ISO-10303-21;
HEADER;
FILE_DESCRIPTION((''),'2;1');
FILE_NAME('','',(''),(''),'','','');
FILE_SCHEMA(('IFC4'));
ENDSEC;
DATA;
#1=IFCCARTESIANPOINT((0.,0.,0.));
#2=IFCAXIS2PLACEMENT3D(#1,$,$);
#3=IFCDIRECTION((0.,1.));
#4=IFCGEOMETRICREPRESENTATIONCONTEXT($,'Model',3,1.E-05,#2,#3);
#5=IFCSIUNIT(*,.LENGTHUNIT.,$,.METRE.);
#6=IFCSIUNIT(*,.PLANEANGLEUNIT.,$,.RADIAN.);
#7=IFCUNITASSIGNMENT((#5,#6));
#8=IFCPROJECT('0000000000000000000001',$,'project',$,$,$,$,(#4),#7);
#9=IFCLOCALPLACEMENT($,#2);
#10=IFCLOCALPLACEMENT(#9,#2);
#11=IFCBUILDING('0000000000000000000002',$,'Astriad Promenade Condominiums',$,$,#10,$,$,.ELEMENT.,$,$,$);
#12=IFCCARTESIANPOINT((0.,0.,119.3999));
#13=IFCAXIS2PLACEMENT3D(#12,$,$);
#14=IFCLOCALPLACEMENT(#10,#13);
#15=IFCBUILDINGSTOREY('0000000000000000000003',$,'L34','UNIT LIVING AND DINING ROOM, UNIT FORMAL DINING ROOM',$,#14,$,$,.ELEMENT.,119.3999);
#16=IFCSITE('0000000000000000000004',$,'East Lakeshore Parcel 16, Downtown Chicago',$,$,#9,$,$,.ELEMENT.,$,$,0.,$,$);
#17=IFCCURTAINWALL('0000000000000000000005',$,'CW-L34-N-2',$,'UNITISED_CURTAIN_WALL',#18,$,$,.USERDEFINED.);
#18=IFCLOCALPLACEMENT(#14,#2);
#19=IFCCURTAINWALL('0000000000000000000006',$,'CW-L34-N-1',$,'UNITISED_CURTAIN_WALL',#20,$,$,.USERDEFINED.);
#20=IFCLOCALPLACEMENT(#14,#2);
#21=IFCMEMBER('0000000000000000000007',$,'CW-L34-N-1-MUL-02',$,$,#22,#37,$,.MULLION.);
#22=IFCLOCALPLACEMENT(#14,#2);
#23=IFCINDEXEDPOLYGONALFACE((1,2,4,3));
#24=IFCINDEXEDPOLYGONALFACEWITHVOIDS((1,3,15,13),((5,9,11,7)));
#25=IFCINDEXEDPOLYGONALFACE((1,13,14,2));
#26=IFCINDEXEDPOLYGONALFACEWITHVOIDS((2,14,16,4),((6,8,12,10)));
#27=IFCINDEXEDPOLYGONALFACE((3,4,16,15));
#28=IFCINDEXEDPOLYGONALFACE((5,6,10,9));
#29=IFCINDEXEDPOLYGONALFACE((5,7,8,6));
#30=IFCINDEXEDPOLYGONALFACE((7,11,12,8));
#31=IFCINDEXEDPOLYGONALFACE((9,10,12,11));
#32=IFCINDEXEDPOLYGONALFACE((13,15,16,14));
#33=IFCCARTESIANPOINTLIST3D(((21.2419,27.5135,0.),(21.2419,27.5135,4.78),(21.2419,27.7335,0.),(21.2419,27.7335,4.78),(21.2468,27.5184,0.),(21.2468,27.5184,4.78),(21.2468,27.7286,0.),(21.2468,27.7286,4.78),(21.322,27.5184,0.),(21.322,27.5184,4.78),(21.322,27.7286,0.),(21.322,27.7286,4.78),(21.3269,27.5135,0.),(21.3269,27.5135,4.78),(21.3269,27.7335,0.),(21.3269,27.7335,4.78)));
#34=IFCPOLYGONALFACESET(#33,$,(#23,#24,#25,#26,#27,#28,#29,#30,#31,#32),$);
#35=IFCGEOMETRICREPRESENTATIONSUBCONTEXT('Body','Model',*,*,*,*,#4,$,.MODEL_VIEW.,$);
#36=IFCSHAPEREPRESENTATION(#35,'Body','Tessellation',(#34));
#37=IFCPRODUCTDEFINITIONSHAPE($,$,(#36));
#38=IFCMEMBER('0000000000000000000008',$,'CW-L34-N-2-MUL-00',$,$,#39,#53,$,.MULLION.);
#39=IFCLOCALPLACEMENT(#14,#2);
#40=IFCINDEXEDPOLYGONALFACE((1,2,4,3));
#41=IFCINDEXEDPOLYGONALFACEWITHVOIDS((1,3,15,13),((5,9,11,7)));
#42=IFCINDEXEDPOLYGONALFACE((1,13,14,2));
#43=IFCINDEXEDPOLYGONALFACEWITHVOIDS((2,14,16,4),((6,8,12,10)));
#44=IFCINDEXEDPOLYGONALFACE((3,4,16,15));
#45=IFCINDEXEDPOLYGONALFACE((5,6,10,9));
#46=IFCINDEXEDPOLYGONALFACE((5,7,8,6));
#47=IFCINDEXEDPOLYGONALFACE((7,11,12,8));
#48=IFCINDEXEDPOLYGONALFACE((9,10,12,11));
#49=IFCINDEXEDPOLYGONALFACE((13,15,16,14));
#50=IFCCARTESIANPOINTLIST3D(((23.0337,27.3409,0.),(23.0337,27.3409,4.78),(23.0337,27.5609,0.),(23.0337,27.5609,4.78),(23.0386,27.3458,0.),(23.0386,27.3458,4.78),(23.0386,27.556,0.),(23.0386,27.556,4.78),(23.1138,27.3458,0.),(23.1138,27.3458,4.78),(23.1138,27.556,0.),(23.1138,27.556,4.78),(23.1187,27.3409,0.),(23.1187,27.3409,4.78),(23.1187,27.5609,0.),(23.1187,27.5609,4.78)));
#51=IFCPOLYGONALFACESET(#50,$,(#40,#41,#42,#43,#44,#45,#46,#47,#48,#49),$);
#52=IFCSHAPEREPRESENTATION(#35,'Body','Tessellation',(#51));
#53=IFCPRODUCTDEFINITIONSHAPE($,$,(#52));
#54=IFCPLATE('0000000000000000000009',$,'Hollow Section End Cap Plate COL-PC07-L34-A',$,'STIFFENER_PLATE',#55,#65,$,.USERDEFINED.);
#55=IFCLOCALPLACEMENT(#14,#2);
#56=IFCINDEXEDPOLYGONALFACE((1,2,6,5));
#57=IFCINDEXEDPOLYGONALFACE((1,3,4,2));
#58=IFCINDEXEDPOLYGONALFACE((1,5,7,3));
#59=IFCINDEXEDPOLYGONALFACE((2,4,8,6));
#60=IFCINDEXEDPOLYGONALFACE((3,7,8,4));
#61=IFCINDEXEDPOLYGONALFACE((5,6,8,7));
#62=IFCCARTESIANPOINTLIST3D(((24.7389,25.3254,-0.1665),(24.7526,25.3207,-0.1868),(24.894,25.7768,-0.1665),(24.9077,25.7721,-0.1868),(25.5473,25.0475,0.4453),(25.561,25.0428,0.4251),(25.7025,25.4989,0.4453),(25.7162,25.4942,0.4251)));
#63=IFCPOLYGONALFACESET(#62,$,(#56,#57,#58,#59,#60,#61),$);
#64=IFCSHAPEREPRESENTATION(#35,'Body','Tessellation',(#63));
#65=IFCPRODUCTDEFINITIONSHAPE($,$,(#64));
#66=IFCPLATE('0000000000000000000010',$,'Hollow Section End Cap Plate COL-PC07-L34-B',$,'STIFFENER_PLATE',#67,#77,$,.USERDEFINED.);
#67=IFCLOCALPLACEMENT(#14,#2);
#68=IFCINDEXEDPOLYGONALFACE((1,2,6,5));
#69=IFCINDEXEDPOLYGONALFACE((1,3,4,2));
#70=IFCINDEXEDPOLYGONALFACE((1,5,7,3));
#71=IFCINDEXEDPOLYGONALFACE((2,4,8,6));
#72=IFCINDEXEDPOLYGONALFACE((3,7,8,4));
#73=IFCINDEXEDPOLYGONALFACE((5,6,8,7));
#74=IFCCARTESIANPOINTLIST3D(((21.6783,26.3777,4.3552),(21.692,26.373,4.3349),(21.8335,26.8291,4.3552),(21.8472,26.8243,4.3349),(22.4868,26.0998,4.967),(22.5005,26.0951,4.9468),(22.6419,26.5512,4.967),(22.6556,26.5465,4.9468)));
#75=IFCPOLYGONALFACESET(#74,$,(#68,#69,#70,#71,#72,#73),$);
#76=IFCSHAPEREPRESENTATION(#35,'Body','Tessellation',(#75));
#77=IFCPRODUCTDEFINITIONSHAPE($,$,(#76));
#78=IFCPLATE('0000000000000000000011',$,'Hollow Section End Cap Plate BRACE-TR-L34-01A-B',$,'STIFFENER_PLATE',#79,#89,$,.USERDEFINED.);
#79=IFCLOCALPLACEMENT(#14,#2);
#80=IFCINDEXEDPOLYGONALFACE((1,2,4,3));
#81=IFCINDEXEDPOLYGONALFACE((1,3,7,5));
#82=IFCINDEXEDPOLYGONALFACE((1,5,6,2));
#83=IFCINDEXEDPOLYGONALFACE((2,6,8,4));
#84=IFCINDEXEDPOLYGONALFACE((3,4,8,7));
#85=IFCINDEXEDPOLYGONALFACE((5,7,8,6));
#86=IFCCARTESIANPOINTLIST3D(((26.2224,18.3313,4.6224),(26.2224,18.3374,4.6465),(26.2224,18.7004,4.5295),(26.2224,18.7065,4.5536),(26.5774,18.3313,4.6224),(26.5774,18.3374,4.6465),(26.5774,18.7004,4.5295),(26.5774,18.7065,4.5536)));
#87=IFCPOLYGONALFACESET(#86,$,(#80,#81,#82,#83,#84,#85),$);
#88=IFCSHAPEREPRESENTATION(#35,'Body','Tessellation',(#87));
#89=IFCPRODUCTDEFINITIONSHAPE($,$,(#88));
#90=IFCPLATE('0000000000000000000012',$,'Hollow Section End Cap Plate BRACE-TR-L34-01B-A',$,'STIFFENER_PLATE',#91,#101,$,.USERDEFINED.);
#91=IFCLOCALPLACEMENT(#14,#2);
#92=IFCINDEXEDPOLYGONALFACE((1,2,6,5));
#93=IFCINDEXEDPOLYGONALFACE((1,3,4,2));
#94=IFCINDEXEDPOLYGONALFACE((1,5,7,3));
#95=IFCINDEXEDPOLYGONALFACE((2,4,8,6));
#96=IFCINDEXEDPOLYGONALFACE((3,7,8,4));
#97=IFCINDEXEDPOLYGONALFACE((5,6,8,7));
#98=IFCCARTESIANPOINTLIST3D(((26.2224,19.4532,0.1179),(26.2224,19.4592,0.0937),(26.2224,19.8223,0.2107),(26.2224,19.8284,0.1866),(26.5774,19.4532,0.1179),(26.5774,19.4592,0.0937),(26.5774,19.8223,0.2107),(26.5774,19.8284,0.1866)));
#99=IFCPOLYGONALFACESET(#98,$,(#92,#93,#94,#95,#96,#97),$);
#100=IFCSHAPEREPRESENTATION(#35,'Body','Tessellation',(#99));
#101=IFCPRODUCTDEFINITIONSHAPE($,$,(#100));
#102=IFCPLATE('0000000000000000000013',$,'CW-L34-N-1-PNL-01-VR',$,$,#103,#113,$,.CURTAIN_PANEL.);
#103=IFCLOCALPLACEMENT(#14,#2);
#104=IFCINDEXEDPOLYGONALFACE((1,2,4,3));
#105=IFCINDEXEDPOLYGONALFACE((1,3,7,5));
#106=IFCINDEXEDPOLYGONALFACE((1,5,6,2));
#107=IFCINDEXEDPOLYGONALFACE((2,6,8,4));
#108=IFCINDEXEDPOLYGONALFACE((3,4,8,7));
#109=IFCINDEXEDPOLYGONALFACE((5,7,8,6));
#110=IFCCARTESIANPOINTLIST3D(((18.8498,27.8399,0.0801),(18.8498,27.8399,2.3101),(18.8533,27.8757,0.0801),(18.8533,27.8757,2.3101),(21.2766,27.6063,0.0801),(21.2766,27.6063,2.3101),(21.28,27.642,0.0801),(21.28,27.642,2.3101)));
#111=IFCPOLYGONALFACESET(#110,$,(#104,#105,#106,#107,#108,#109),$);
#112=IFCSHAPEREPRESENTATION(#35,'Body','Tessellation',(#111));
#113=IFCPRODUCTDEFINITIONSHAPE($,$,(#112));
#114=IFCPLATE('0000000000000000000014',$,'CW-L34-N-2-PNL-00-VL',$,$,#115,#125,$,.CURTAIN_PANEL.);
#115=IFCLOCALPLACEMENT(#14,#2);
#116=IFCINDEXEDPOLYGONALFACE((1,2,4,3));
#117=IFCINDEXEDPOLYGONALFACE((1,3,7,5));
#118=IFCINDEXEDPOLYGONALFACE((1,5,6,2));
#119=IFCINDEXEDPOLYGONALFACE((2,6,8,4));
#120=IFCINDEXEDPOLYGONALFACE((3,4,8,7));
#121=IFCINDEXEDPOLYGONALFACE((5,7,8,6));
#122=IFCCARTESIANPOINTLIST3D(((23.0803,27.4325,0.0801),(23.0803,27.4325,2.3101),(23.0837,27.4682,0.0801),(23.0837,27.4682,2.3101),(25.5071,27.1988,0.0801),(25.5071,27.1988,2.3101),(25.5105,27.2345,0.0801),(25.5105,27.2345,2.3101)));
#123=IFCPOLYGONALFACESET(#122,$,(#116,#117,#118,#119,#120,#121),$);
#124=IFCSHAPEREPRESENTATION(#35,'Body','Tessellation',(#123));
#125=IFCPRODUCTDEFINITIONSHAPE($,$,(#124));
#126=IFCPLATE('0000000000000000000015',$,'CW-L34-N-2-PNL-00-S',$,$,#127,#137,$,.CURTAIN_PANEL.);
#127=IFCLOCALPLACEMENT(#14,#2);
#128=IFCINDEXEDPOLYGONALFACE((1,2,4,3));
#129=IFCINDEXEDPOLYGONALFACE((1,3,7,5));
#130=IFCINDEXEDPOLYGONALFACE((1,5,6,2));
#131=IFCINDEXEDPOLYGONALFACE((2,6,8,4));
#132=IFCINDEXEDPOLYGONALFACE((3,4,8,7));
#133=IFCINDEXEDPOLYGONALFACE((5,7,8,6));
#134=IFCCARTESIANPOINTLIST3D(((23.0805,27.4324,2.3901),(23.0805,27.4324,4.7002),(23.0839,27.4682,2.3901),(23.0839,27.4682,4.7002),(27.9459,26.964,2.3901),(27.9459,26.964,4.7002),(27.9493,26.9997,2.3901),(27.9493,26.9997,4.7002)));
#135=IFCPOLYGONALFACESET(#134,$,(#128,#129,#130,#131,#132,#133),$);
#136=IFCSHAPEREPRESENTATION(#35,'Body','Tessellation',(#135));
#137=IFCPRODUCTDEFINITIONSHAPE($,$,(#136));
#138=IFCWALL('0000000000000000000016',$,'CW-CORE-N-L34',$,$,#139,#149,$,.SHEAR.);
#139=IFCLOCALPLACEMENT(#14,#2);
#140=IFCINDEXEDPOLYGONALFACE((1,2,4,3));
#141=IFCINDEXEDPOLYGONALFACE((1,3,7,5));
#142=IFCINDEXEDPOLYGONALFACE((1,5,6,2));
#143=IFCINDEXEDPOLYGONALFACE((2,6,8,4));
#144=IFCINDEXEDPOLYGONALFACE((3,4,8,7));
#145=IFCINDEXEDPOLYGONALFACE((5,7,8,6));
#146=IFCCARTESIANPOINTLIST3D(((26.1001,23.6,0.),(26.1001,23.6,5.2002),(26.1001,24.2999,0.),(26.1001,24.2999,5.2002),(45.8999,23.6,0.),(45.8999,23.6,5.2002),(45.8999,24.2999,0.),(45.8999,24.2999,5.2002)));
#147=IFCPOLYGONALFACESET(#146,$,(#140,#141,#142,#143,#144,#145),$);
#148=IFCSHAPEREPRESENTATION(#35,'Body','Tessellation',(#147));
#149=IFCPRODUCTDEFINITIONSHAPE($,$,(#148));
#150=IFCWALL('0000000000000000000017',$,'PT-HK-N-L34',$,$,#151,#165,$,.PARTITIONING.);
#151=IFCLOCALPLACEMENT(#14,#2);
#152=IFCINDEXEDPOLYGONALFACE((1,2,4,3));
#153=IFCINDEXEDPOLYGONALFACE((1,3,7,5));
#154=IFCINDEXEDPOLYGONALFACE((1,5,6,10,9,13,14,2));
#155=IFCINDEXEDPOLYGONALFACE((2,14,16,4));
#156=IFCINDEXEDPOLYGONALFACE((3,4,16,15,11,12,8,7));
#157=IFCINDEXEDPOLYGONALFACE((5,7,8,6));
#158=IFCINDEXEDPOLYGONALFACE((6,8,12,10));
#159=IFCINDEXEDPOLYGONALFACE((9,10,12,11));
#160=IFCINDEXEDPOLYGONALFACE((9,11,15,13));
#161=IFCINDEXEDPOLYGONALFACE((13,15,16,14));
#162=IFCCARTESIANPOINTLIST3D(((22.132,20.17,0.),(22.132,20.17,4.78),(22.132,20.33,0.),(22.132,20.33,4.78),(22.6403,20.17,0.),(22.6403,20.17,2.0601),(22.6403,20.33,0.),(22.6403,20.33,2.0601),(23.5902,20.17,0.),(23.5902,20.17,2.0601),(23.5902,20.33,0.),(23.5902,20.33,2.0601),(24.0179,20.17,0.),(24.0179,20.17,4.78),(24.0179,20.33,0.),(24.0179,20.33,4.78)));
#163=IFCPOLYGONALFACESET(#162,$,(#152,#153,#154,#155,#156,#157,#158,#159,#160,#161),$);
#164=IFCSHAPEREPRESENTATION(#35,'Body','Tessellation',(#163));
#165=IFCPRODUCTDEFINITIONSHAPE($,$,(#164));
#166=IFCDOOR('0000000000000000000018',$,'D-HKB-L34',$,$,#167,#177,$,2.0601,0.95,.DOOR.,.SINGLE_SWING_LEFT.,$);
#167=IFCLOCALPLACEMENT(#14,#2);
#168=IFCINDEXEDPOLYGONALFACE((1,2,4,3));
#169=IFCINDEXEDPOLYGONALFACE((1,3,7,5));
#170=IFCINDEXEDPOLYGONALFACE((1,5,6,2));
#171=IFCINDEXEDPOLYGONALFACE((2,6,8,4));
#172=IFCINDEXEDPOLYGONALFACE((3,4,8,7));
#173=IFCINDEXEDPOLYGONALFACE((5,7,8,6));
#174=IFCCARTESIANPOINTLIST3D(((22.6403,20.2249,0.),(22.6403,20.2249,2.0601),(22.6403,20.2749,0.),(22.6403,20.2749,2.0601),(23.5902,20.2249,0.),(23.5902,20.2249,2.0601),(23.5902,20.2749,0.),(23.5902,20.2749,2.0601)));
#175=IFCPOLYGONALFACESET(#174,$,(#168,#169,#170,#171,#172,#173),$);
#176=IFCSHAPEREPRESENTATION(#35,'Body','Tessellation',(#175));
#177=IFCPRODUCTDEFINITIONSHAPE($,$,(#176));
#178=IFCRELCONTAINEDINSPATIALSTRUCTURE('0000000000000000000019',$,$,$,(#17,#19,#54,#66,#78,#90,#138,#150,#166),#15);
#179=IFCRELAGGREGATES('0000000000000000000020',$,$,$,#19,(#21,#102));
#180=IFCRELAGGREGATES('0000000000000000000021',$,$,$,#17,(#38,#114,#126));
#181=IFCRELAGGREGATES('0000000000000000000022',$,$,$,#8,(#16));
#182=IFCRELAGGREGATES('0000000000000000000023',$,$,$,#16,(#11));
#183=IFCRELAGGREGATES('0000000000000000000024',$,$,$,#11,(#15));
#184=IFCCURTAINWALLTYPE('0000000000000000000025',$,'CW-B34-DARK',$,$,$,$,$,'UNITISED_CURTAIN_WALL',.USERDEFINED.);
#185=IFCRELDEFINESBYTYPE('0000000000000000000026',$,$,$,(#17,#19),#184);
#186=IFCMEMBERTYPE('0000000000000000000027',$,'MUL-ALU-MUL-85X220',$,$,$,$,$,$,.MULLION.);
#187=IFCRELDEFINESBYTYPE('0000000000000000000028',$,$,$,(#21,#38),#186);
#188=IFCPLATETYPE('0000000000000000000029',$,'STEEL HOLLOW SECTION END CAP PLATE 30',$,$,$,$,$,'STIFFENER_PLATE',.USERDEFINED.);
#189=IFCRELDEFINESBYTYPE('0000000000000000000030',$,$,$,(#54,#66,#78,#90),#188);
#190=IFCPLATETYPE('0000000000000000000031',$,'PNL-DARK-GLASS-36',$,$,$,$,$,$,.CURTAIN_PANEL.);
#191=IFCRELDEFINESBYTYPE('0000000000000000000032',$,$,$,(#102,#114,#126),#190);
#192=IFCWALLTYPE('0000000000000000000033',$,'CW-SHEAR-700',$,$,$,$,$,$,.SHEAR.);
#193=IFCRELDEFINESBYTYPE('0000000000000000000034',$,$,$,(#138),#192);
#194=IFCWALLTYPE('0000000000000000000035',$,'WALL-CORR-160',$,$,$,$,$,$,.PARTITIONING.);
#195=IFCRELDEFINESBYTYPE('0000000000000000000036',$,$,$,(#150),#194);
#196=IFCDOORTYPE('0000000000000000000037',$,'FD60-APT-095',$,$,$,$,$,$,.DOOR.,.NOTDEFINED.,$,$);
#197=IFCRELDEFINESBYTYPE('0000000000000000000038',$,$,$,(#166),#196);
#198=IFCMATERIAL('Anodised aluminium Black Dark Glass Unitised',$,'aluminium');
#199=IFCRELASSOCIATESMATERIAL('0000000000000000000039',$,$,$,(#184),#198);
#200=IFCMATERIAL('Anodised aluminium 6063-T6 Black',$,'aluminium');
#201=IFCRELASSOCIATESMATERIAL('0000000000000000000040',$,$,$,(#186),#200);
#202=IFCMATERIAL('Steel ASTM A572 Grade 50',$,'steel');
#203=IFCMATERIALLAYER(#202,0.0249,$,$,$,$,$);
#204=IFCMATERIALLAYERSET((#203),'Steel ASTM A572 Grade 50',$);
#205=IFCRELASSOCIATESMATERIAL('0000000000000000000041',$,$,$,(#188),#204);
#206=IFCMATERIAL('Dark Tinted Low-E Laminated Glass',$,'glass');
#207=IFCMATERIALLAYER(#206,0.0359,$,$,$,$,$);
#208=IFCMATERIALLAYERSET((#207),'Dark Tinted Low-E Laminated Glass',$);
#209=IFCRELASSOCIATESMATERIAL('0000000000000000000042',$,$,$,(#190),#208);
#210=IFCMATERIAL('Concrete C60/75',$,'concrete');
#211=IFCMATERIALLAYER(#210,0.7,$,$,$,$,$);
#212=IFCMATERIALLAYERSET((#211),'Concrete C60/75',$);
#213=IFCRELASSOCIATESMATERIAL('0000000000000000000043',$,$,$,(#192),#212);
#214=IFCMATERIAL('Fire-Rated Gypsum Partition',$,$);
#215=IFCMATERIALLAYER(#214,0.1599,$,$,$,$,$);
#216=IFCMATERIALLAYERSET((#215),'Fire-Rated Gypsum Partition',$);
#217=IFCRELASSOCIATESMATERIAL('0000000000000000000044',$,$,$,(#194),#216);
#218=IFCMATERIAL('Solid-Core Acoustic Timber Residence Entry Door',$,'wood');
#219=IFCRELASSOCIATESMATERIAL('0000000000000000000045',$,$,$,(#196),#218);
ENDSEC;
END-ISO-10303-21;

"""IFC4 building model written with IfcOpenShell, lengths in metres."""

from ifc_helpers import new_model, si_unit, direction, frame, frame_2d, origin, origin_2d, place, context, subcontext, project, spatial, rectangle, hollow_rectangle, extrude, source, transform, mapped, material, layer, layer_set, material_profile, profile_set, type_object, type_shapes, element, fill, aggregate, save


model = new_model("IFC4")

# Units and contexts
model_context = context("Model", 3, precision=1e-05, world=origin(), true_north=direction((0.0, 1.0)))
body_context = subcontext(model_context, "Body", "Model", "MODEL_VIEW")
ifc_project = project(units=[si_unit("LENGTHUNIT", "METRE"), si_unit("PLANEANGLEUNIT", "RADIAN")], contexts=[model_context])

# Site, building, storey
site_placement = place(None, origin())
site = spatial("IfcSite", under=ifc_project, at=site_placement, Name="East Lakeshore Parcel 16, Downtown Chicago", CompositionType="ELEMENT", RefElevation=0.0)
building_placement = place(site_placement, origin())
building = spatial("IfcBuilding", under=site, at=building_placement, Name="Astriad Promenade Condominiums", CompositionType="ELEMENT")
storey_placement = place(building_placement, frame((0.0, 0.0, 119.3999)))
storey = spatial("IfcBuildingStorey", under=building, at=storey_placement, Name="L34", Description="UNIT LIVING AND DINING ROOM, UNIT FORMAL DINING ROOM", CompositionType="ELEMENT", Elevation=119.3999)

# Curtain walls, member
ifc_material_1 = material(Name="Anodised aluminium Black Dark Glass Unitised", Category="aluminium")
curtain_wall_type = type_object("IfcCurtainWallType", Name="CW-B34-DARK", ElementType="UNITISED_CURTAIN_WALL", PredefinedType="USERDEFINED", material=ifc_material_1)
curtain_wall_1_placement = place(storey_placement, origin())
curtain_wall_1 = element("IfcCurtainWall", 1, at=curtain_wall_1_placement, inside=storey, type_object=curtain_wall_type, Name="CW-L34-N-2", ObjectType="UNITISED_CURTAIN_WALL", PredefinedType="USERDEFINED")
ifc_material_2 = material(Name="Anodised aluminium 6063-T6 Black", Category="aluminium")
curtain_wall_2_placement = place(storey_placement, origin())
curtain_wall_2 = element("IfcCurtainWall", 2, at=curtain_wall_2_placement, inside=storey, type_object=curtain_wall_type, Name="CW-L34-N-1", ObjectType="UNITISED_CURTAIN_WALL", PredefinedType="USERDEFINED")
ifc_material_profile_1 = material_profile(ifc_material_2, hollow_rectangle(XDim=0.085, YDim=0.22, WallThickness=0.0049, at=origin_2d()), Name="ALU-MUL-85X220")
ifc_profile_set_1 = profile_set([ifc_material_profile_1], Name="Anodised aluminium 6063-T6 Black")
member_type_1 = type_object("IfcMemberType", Name="MUL-ALU-MUL-85X220", PredefinedType="MULLION", material=ifc_profile_set_1)
shared_shape_1 = source(origin(), body_context, "Body", "SweptSolid", [
    extrude(hollow_rectangle(XDim=0.085, YDim=0.22, WallThickness=0.0049, at=origin_2d()), origin(), (0.0, 0.0, 1.0), 4.78),
])
type_shapes(member_type_1, [shared_shape_1])
member_1_placement = place(storey_placement, frame((21.2844, 27.6235, 0.0), z_axis=(0.0, 0.0, 1.0), x_axis=(1.0, 0.0, 0.0)))
member_1 = element("IfcMember", 3, at=member_1_placement, type_object=member_type_1, Name="CW-L34-N-1-MUL-02", PredefinedType="MULLION", context=body_context, shape_type="MappedRepresentation", body=[
    mapped(shared_shape_1, transform((0.0, 0.0, 0.0), scale=1.0)),
])

# Member
member_2_placement = place(storey_placement, frame((23.0762, 27.4509, 0.0), z_axis=(0.0, 0.0, 1.0), x_axis=(1.0, 0.0, 0.0)))
member_2 = element("IfcMember", 4, at=member_2_placement, type_object=member_type_1, Name="CW-L34-N-2-MUL-00", PredefinedType="MULLION", context=body_context, shape_type="MappedRepresentation", body=[
    mapped(shared_shape_1, transform((0.0, 0.0, 0.0), scale=1.0)),
])

# Plates
ifc_material_3 = material(Name="Steel ASTM A572 Grade 50", Category="steel")
ifc_layer_1 = layer(ifc_material_3, 0.0249)
ifc_layer_set_1 = layer_set([ifc_layer_1], Name="Steel ASTM A572 Grade 50")
plate_type_1 = type_object("IfcPlateType", Name="STEEL HOLLOW SECTION END CAP PLATE 30", ElementType="STIFFENER_PLATE", PredefinedType="USERDEFINED", material=ifc_layer_set_1)
shared_shape_2 = source(origin(), body_context, "Body", "SweptSolid", [
    extrude(rectangle(XDim=0.4773, YDim=1.0513, at=origin_2d()), origin(), (0.0, 0.0, 1.0), 0.0249),
])
for number, where, z_axis, x_axis, name in (
    (5, (25.2344, 25.4075, 0.1191), (-0.550405, 0.189195, 0.813179), (-0.325069, -0.94569, 0.0), "Hollow Section End Cap Plate COL-PC07-L34-A"),
    (6, (22.1738, 26.4597, 4.6409), (-0.550405, 0.189195, 0.813179), (-0.325069, -0.94569, 0.0), "Hollow Section End Cap Plate COL-PC07-L34-B"),
):
    element("IfcPlate", number, at=place(storey_placement, frame(where, z_axis=z_axis, x_axis=x_axis)), inside=storey, type_object=plate_type_1, Name=name, ObjectType="STIFFENER_PLATE", PredefinedType="USERDEFINED", context=body_context, shape_type="MappedRepresentation", body=[
        mapped(shared_shape_2, transform((0.0, 0.0, 0.0), scale=1.0)),
    ])
shared_shape_3 = source(origin(), body_context, "Body", "SweptSolid", [
    extrude(rectangle(XDim=0.355, YDim=0.3806, at=origin_2d()), origin(), (0.0, 0.0, 1.0), 0.0249),
])
type_shapes(plate_type_1, [shared_shape_2, shared_shape_3])
for number, where, z_axis, x_axis, name in (
    (7, (26.3999, 18.5159, 4.5759), (0.0, 0.243963, 0.969785), (1.0, 0.0, 0.0), "Hollow Section End Cap Plate BRACE-TR-L34-01A-B"),
    (8, (26.3999, 19.6438, 0.1401), (0.0, -0.243963, 0.969785), (1.0, 0.0, 0.0), "Hollow Section End Cap Plate BRACE-TR-L34-01B-A"),
):
    element("IfcPlate", number, at=place(storey_placement, frame(where, z_axis=z_axis, x_axis=x_axis)), inside=storey, type_object=plate_type_1, Name=name, ObjectType="STIFFENER_PLATE", PredefinedType="USERDEFINED", context=body_context, shape_type="MappedRepresentation", body=[
        mapped(shared_shape_3, transform((0.0, 0.0, 0.0), scale=1.0)),
    ])

# Plates
ifc_material_4 = material(Name="Dark Tinted Low-E Laminated Glass", Category="glass")
ifc_layer_2 = layer(ifc_material_4, 0.0359)
ifc_layer_set_2 = layer_set([ifc_layer_2], Name="Dark Tinted Low-E Laminated Glass")
plate_type_2 = type_object("IfcPlateType", Name="PNL-DARK-GLASS-36", PredefinedType="CURTAIN_PANEL", material=ifc_layer_set_2)
shared_shape_4 = source(origin(), body_context, "Body", "SweptSolid", [
    extrude(rectangle(XDim=2.438, YDim=0.0359, at=origin_2d()), origin(), (0.0, 0.0, 1.0), 2.23),
])
plate_1_placement = place(storey_placement, frame((20.0649, 27.741, 0.0801), z_axis=(0.0, 0.0, 1.0), x_axis=(0.995396, -0.095846, 0.0)))
plate_1 = element("IfcPlate", 9, at=plate_1_placement, type_object=plate_type_2, Name="CW-L34-N-1-PNL-01-VR", PredefinedType="CURTAIN_PANEL", context=body_context, shape_type="MappedRepresentation", body=[
    mapped(shared_shape_4, transform((0.0, 0.0, 0.0), scale=1.0)),
])
aggregate(curtain_wall_2, [member_1, plate_1])
plate_2_placement = place(storey_placement, frame((24.2954, 27.3335, 0.0801), z_axis=(0.0, 0.0, 1.0), x_axis=(0.995396, -0.095846, 0.0)))
plate_2 = element("IfcPlate", 10, at=plate_2_placement, type_object=plate_type_2, Name="CW-L34-N-2-PNL-00-VL", PredefinedType="CURTAIN_PANEL", context=body_context, shape_type="MappedRepresentation", body=[
    mapped(shared_shape_4, transform((0.0, 0.0, 0.0), scale=1.0)),
])
shared_shape_5 = source(origin(), body_context, "Body", "SweptSolid", [
    extrude(rectangle(XDim=4.8879, YDim=0.0359, at=origin_2d()), origin(), (0.0, 0.0, 1.0), 2.3101),
])
type_shapes(plate_type_2, [shared_shape_4, shared_shape_5])
plate_3_placement = place(storey_placement, frame((25.5149, 27.2161, 2.3901), z_axis=(0.0, 0.0, 1.0), x_axis=(0.995396, -0.095846, 0.0)))
plate_3 = element("IfcPlate", 11, at=plate_3_placement, type_object=plate_type_2, Name="CW-L34-N-2-PNL-00-S", PredefinedType="CURTAIN_PANEL", context=body_context, shape_type="MappedRepresentation", body=[
    mapped(shared_shape_5, transform((0.0, 0.0, 0.0), scale=1.0)),
])
aggregate(curtain_wall_1, [member_2, plate_2, plate_3])

# Wall
ifc_material_5 = material(Name="Concrete C60/75", Category="concrete")
ifc_layer_3 = layer(ifc_material_5, 0.7)
ifc_layer_set_3 = layer_set([ifc_layer_3], Name="Concrete C60/75")
wall_type_1 = type_object("IfcWallType", Name="CW-SHEAR-700", PredefinedType="SHEAR", material=ifc_layer_set_3)
wall_1_placement = place(storey_placement, frame((26.1001, 23.95, 0.0), z_axis=(0.0, 0.0, 1.0), x_axis=(1.0, 0.0, 0.0)))
element("IfcWall", 12, at=wall_1_placement, inside=storey, type_object=wall_type_1, Name="CW-CORE-N-L34", PredefinedType="SHEAR", context=body_context, shape_type="SweptSolid", body=[
    extrude(rectangle(XDim=19.7998, YDim=0.7, at=frame_2d((9.8999, 0.0))), origin(), (0.0, 0.0, 1.0), 5.2002),
])

# Wall, opening, door
ifc_material_6 = material(Name="Fire-Rated Gypsum Partition")
ifc_layer_4 = layer(ifc_material_6, 0.1599)
ifc_layer_set_4 = layer_set([ifc_layer_4], Name="Fire-Rated Gypsum Partition")
wall_type_2 = type_object("IfcWallType", Name="WALL-CORR-160", PredefinedType="PARTITIONING", material=ifc_layer_set_4)
wall_2_placement = place(storey_placement, frame((22.1321, 20.25, 0.0), z_axis=(0.0, 0.0, 1.0), x_axis=(1.0, 0.0, 0.0)))
wall_2 = element("IfcWall", 13, at=wall_2_placement, inside=storey, type_object=wall_type_2, Name="PT-HK-N-L34", PredefinedType="PARTITIONING", context=body_context, shape_type="SweptSolid", body=[
    extrude(rectangle(XDim=1.886, YDim=0.1599, at=frame_2d((0.9429, 0.0))), origin(), (0.0, 0.0, 1.0), 4.78),
])
opening_placement = place(wall_2_placement, frame((0.5081, 0.0, 0.0)))
opening = element("IfcOpeningElement", 14, at=opening_placement, cuts=wall_2, PredefinedType="OPENING", context=body_context, shape_type="SweptSolid", body=[
    extrude(rectangle(XDim=0.95, YDim=2.0601, at=frame_2d((0.4751, 1.03))), frame((0.0, 0.0898, 0.0), z_axis=(0.0, -1.0, 0.0), x_axis=(1.0, 0.0, 0.0)), (0.0, 0.0, 1.0), 0.1799),
])
ifc_material_7 = material(Name="Solid-Core Acoustic Timber Residence Entry Door", Category="wood")
door_type = type_object("IfcDoorType", Name="FD60-APT-095", OperationType="NOTDEFINED", PredefinedType="DOOR", material=ifc_material_7)
shared_shape_6 = source(origin(), body_context, "Body", "SweptSolid", [
    extrude(rectangle(XDim=0.95, YDim=2.0601, at=frame_2d((0.4751, 1.03))), frame((0.0, 0.0249, 0.0), z_axis=(0.0, -1.0, 0.0), x_axis=(1.0, 0.0, 0.0)), (0.0, 0.0, 1.0), 0.05),
])
type_shapes(door_type, [shared_shape_6])
door_placement = place(opening_placement, origin())
door = element("IfcDoor", 15, at=door_placement, inside=storey, type_object=door_type, Name="D-HKB-L34", OperationType="SINGLE_SWING_LEFT", OverallHeight=2.0601, OverallWidth=0.95, PredefinedType="DOOR", context=body_context, shape_type="MappedRepresentation", body=[
    mapped(shared_shape_6, transform((0.0, 0.0, 0.0), scale=1.0)),
])
fill(opening, door)

save(model, "model.ifc")
